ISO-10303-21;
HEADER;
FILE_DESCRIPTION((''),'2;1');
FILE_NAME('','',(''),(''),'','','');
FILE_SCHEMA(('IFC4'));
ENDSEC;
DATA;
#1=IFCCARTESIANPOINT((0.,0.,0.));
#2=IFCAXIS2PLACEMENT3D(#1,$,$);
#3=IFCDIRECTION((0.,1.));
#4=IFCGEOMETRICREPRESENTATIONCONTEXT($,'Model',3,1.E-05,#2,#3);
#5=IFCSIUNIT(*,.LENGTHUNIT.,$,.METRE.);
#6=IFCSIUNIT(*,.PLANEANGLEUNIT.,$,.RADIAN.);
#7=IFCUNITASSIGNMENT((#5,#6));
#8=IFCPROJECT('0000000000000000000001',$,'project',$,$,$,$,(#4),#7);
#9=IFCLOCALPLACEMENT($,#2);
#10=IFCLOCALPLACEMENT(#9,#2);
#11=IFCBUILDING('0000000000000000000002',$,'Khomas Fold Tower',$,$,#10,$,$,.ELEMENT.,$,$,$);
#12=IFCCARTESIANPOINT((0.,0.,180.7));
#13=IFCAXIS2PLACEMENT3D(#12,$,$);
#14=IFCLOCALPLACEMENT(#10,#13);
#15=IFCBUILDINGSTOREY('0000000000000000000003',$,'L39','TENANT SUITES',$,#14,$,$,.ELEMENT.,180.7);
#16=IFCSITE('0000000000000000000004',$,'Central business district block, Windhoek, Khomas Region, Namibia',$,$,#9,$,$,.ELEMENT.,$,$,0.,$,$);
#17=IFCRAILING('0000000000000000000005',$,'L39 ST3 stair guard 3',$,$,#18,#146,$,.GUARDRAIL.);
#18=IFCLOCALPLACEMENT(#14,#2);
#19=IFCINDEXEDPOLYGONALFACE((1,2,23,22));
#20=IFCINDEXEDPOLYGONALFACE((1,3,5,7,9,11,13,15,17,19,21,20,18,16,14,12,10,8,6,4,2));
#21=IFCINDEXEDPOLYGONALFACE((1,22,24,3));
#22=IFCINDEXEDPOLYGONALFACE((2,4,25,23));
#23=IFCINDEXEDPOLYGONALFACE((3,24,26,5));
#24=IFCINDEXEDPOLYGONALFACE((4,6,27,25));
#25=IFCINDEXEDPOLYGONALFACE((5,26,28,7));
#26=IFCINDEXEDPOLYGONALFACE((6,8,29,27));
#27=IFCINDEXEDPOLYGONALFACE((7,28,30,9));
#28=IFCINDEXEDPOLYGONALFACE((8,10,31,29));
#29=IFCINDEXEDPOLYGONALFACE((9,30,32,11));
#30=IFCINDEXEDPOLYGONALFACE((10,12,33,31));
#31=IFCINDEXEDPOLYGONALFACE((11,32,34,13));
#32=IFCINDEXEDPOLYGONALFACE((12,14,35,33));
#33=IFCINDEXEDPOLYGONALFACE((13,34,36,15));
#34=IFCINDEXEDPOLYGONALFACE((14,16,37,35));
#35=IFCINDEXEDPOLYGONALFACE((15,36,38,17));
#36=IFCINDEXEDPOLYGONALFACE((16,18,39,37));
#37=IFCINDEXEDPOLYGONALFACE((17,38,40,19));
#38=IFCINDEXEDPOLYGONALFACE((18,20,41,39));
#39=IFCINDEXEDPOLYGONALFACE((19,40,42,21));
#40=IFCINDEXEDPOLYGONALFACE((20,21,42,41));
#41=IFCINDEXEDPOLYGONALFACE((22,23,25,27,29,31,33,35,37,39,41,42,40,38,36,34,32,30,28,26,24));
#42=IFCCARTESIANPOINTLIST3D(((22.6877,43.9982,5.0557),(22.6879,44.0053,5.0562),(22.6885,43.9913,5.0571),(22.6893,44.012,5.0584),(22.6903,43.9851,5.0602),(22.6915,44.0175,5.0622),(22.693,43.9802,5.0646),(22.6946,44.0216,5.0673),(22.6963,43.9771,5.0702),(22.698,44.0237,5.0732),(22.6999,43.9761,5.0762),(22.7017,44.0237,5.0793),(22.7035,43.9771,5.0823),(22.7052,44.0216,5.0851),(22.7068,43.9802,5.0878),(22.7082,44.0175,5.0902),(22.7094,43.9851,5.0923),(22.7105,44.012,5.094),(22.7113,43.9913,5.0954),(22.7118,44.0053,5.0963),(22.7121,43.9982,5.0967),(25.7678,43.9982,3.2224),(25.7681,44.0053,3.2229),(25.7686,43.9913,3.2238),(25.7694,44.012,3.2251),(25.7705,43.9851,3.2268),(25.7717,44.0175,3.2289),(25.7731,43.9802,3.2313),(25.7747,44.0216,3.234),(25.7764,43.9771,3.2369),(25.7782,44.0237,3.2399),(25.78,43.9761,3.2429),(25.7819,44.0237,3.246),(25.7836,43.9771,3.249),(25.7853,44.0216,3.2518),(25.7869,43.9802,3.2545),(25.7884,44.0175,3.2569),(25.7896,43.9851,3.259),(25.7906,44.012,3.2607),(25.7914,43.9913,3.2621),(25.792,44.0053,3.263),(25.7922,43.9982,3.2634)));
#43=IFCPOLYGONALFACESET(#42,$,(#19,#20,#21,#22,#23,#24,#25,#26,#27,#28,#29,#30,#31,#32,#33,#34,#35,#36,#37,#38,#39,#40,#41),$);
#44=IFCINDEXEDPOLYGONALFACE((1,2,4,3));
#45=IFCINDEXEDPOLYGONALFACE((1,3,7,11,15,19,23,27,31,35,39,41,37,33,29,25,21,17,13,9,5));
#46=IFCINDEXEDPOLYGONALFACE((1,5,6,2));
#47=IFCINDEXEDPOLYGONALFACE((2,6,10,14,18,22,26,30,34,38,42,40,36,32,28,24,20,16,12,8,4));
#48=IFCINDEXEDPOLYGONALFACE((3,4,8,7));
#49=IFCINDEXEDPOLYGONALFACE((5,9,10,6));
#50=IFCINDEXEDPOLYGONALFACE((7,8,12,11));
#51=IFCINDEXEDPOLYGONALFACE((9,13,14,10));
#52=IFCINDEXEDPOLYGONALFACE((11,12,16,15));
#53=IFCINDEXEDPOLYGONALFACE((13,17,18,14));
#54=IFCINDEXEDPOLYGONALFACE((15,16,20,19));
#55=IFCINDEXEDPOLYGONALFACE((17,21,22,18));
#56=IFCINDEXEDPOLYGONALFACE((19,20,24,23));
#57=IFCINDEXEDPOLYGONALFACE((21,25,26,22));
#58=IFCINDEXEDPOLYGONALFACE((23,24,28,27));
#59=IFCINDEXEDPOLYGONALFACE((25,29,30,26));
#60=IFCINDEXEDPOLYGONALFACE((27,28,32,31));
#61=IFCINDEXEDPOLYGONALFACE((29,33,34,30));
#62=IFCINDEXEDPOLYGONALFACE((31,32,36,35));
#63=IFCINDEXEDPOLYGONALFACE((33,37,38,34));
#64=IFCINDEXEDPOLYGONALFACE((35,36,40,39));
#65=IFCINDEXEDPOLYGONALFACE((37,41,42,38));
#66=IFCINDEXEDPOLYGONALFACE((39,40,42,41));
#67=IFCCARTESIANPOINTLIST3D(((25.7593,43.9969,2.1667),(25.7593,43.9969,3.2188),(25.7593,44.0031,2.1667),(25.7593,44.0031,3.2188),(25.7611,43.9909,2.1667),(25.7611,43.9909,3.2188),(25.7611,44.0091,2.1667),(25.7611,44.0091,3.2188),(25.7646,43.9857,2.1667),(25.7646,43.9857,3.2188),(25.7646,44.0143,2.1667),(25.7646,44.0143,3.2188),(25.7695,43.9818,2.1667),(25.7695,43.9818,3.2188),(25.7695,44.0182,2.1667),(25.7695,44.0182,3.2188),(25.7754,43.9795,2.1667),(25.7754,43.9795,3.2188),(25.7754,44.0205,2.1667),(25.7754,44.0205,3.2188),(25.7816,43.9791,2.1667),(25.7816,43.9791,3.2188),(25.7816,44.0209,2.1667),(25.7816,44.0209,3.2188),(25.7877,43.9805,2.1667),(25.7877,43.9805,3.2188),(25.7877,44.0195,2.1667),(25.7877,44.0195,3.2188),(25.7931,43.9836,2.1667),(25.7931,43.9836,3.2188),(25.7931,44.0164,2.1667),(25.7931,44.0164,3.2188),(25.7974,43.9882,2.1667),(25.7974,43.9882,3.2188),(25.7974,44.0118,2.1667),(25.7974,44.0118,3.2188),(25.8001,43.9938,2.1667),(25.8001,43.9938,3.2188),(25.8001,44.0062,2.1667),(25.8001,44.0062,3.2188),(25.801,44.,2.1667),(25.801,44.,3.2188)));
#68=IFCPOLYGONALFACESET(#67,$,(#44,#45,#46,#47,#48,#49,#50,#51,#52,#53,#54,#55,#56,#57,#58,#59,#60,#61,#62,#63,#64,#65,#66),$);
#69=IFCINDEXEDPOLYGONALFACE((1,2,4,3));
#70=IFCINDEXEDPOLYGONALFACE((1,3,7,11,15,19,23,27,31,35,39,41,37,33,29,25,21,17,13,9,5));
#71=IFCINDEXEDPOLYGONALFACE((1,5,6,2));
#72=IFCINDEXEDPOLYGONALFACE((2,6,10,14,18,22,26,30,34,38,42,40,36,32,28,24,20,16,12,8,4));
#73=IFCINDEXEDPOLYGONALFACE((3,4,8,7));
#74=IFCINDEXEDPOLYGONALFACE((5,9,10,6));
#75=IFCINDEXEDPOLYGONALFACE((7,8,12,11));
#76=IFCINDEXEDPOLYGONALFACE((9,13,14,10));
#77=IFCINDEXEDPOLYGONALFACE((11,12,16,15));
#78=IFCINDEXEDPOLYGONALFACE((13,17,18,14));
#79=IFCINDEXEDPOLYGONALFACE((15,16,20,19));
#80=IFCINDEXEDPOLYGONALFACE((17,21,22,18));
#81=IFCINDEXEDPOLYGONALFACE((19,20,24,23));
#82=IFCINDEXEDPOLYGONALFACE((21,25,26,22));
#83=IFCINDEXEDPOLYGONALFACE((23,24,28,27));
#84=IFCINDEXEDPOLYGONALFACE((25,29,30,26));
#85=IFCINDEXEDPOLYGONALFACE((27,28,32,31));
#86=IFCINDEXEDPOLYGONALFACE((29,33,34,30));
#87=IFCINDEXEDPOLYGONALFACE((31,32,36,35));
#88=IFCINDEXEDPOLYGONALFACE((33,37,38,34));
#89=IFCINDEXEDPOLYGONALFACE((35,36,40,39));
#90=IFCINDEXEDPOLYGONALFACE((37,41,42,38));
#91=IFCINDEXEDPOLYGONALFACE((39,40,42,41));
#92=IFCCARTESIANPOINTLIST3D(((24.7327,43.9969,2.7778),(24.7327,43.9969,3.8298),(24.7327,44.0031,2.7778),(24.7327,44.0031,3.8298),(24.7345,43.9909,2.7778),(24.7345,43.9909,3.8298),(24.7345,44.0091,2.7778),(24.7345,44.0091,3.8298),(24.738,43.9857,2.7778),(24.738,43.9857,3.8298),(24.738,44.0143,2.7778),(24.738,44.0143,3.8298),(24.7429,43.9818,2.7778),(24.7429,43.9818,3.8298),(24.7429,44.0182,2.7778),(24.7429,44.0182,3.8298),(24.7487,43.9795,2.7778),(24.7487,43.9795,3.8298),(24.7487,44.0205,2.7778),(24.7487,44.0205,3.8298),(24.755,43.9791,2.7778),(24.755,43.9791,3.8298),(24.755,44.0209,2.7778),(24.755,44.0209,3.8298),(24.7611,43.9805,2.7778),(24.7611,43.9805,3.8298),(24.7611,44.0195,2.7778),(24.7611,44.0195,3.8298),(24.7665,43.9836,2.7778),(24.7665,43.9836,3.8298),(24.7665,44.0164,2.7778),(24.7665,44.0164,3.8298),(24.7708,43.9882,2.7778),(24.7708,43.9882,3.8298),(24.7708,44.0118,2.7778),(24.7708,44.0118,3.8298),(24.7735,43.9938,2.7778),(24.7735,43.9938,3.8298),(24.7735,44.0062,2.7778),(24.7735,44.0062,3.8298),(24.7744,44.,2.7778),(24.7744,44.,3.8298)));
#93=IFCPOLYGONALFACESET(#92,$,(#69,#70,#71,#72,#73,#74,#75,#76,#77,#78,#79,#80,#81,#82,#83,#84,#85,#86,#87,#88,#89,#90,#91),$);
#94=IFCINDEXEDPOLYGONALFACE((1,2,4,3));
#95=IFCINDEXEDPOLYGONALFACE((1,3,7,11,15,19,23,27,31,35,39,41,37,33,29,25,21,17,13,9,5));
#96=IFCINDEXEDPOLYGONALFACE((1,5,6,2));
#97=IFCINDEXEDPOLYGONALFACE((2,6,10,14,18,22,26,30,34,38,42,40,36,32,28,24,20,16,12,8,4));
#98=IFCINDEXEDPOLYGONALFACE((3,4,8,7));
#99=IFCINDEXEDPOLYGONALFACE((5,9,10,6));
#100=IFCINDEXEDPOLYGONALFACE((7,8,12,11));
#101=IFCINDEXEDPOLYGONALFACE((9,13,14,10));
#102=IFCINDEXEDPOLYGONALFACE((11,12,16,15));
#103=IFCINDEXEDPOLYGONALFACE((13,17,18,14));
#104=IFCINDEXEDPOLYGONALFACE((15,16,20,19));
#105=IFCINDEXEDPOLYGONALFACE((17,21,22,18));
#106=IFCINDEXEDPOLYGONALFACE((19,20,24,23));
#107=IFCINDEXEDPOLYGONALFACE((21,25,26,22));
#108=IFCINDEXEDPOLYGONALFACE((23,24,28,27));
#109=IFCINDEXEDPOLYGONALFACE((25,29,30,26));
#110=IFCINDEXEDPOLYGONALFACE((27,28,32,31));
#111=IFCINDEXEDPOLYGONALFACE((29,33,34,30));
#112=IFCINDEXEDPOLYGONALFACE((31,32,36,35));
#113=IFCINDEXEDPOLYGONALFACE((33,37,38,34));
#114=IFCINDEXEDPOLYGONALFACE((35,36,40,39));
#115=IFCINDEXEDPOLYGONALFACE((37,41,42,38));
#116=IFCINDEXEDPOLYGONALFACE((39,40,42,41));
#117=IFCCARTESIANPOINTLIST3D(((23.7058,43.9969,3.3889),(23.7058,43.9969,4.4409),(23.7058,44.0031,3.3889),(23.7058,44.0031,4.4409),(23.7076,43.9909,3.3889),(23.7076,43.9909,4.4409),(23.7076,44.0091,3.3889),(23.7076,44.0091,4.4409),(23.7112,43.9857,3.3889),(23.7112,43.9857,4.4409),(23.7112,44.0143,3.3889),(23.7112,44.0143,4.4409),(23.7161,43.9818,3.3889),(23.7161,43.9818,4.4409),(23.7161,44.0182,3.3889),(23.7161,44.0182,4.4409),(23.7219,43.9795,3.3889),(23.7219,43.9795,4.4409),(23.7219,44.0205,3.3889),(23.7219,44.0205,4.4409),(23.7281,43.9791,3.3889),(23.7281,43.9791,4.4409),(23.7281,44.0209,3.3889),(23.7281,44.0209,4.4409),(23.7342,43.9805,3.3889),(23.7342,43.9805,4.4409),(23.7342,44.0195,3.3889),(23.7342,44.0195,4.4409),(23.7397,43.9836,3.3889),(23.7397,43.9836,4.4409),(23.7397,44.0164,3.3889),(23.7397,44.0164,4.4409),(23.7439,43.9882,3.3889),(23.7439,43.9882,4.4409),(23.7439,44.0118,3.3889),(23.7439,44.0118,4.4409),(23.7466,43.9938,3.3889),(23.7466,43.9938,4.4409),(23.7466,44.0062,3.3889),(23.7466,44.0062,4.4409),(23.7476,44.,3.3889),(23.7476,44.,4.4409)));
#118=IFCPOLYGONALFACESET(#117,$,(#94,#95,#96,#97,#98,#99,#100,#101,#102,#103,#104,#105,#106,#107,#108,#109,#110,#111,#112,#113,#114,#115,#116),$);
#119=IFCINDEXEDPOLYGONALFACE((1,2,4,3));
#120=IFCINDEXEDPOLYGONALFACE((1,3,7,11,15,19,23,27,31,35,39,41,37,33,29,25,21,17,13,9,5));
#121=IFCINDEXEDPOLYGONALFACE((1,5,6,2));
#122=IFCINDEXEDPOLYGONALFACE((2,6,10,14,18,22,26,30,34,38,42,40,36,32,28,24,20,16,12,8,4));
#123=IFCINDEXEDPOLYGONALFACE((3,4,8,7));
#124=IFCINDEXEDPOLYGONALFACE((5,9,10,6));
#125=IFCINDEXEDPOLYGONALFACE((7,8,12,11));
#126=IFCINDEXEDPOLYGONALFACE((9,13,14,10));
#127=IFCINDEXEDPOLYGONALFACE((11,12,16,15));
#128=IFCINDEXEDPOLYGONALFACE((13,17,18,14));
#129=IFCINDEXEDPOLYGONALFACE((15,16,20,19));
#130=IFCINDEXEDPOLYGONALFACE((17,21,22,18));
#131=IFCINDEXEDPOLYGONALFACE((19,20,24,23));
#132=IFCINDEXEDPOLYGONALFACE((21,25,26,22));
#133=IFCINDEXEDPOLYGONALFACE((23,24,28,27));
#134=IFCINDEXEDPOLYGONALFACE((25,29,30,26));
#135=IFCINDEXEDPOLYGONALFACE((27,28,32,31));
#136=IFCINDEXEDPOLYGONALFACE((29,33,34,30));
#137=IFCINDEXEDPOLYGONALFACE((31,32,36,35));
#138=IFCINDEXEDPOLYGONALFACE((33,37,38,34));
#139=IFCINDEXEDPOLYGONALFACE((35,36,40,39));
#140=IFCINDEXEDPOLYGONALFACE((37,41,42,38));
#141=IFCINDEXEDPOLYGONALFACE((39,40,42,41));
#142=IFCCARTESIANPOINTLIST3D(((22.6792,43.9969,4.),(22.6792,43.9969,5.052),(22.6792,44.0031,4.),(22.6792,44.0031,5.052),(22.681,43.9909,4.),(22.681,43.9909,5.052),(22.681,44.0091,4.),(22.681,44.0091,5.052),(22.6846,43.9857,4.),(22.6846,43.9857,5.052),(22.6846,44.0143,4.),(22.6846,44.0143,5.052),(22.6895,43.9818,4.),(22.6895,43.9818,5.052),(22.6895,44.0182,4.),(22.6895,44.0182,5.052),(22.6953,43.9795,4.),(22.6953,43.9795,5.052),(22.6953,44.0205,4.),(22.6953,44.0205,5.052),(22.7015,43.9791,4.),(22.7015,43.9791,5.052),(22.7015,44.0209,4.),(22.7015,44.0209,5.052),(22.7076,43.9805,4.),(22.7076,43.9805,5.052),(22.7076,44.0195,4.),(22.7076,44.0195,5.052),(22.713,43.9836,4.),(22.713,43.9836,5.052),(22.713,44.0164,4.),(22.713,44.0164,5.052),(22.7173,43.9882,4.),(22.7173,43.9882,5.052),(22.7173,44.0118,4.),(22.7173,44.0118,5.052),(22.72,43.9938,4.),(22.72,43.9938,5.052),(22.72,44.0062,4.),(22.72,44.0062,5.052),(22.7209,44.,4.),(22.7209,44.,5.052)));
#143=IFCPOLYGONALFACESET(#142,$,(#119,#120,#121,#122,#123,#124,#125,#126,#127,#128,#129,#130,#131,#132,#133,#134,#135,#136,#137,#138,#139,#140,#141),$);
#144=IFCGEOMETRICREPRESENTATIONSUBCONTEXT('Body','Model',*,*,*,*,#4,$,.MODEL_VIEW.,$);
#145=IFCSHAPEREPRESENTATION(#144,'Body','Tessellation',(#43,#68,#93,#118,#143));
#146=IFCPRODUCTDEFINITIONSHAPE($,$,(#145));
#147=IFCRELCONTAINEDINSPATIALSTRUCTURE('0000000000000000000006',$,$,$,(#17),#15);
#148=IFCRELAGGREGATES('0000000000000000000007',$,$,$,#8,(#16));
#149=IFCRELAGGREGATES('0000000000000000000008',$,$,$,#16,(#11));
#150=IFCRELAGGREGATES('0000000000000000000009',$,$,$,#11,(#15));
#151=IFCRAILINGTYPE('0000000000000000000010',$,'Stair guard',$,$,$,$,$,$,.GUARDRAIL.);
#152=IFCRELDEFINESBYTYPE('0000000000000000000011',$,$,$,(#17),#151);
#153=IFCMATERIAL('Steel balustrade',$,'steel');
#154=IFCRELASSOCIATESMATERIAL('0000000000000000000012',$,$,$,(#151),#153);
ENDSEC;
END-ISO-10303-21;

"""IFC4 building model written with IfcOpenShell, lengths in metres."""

from ifc_helpers import new_model, si_unit, direction, frame, origin, origin_2d, place, context, subcontext, project, spatial, circle, extrude, source, transform, mapped, material, type_object, element, save


model = new_model("IFC4")

# Units and contexts
model_context = context("Model", 3, precision=1e-05, world=origin(), true_north=direction((0.0, 1.0)))
body_context = subcontext(model_context, "Body", "Model", "MODEL_VIEW")
ifc_project = project(units=[si_unit("LENGTHUNIT", "METRE"), si_unit("PLANEANGLEUNIT", "RADIAN")], contexts=[model_context])

# Site, building, storey
site_placement = place(None, origin())
site = spatial("IfcSite", under=ifc_project, at=site_placement, Name="Central business district block, Windhoek, Khomas Region, Namibia", CompositionType="ELEMENT", RefElevation=0.0)
building_placement = place(site_placement, origin())
building = spatial("IfcBuilding", under=site, at=building_placement, Name="Khomas Fold Tower", CompositionType="ELEMENT")
storey_placement = place(building_placement, frame((0.0, 0.0, 180.7)))
storey = spatial("IfcBuildingStorey", under=building, at=storey_placement, Name="L39", Description="TENANT SUITES", CompositionType="ELEMENT", Elevation=180.7)

# Railing
ifc_material_1 = material(Name="Steel balustrade", Category="steel")
railing_type_1 = type_object("IfcRailingType", Name="Stair guard", PredefinedType="GUARDRAIL", material=ifc_material_1)
shared_shape_1 = source(origin(), body_context, "Body", "SweptSolid", [
    extrude(circle(Radius=0.0239, at=origin_2d()), frame((0.0, 0.0, 1.0762), z_axis=(-0.859309, 0.0, 0.511458), x_axis=(0.0, -1.0, 0.0)), (0.0, 0.0, 1.0), 3.5845),
    extrude(circle(Radius=0.021, at=origin_2d()), origin(), (0.0, 0.0, 1.0), 1.052),
    extrude(circle(Radius=0.021, at=origin_2d()), frame((-1.0266, 0.0, 0.6111)), (0.0, 0.0, 1.0), 1.052),
    extrude(circle(Radius=0.021, at=origin_2d()), frame((-2.0535, 0.0, 1.2222)), (0.0, 0.0, 1.0), 1.052),
    extrude(circle(Radius=0.021, at=origin_2d()), frame((-3.0801, 0.0, 1.8333)), (0.0, 0.0, 1.0), 1.052),
])
railing_1_placement = place(storey_placement, frame((25.78, 44.0, 2.1667)))
element("IfcRailing", 1, at=railing_1_placement, inside=storey, type_object=railing_type_1, Name="L39 ST3 stair guard 3", PredefinedType="GUARDRAIL", context=body_context, shape_type="MappedRepresentation", body=[
    mapped(shared_shape_1, transform((0.0, 0.0, 0.0))),
])

save(model, "model.ifc")
